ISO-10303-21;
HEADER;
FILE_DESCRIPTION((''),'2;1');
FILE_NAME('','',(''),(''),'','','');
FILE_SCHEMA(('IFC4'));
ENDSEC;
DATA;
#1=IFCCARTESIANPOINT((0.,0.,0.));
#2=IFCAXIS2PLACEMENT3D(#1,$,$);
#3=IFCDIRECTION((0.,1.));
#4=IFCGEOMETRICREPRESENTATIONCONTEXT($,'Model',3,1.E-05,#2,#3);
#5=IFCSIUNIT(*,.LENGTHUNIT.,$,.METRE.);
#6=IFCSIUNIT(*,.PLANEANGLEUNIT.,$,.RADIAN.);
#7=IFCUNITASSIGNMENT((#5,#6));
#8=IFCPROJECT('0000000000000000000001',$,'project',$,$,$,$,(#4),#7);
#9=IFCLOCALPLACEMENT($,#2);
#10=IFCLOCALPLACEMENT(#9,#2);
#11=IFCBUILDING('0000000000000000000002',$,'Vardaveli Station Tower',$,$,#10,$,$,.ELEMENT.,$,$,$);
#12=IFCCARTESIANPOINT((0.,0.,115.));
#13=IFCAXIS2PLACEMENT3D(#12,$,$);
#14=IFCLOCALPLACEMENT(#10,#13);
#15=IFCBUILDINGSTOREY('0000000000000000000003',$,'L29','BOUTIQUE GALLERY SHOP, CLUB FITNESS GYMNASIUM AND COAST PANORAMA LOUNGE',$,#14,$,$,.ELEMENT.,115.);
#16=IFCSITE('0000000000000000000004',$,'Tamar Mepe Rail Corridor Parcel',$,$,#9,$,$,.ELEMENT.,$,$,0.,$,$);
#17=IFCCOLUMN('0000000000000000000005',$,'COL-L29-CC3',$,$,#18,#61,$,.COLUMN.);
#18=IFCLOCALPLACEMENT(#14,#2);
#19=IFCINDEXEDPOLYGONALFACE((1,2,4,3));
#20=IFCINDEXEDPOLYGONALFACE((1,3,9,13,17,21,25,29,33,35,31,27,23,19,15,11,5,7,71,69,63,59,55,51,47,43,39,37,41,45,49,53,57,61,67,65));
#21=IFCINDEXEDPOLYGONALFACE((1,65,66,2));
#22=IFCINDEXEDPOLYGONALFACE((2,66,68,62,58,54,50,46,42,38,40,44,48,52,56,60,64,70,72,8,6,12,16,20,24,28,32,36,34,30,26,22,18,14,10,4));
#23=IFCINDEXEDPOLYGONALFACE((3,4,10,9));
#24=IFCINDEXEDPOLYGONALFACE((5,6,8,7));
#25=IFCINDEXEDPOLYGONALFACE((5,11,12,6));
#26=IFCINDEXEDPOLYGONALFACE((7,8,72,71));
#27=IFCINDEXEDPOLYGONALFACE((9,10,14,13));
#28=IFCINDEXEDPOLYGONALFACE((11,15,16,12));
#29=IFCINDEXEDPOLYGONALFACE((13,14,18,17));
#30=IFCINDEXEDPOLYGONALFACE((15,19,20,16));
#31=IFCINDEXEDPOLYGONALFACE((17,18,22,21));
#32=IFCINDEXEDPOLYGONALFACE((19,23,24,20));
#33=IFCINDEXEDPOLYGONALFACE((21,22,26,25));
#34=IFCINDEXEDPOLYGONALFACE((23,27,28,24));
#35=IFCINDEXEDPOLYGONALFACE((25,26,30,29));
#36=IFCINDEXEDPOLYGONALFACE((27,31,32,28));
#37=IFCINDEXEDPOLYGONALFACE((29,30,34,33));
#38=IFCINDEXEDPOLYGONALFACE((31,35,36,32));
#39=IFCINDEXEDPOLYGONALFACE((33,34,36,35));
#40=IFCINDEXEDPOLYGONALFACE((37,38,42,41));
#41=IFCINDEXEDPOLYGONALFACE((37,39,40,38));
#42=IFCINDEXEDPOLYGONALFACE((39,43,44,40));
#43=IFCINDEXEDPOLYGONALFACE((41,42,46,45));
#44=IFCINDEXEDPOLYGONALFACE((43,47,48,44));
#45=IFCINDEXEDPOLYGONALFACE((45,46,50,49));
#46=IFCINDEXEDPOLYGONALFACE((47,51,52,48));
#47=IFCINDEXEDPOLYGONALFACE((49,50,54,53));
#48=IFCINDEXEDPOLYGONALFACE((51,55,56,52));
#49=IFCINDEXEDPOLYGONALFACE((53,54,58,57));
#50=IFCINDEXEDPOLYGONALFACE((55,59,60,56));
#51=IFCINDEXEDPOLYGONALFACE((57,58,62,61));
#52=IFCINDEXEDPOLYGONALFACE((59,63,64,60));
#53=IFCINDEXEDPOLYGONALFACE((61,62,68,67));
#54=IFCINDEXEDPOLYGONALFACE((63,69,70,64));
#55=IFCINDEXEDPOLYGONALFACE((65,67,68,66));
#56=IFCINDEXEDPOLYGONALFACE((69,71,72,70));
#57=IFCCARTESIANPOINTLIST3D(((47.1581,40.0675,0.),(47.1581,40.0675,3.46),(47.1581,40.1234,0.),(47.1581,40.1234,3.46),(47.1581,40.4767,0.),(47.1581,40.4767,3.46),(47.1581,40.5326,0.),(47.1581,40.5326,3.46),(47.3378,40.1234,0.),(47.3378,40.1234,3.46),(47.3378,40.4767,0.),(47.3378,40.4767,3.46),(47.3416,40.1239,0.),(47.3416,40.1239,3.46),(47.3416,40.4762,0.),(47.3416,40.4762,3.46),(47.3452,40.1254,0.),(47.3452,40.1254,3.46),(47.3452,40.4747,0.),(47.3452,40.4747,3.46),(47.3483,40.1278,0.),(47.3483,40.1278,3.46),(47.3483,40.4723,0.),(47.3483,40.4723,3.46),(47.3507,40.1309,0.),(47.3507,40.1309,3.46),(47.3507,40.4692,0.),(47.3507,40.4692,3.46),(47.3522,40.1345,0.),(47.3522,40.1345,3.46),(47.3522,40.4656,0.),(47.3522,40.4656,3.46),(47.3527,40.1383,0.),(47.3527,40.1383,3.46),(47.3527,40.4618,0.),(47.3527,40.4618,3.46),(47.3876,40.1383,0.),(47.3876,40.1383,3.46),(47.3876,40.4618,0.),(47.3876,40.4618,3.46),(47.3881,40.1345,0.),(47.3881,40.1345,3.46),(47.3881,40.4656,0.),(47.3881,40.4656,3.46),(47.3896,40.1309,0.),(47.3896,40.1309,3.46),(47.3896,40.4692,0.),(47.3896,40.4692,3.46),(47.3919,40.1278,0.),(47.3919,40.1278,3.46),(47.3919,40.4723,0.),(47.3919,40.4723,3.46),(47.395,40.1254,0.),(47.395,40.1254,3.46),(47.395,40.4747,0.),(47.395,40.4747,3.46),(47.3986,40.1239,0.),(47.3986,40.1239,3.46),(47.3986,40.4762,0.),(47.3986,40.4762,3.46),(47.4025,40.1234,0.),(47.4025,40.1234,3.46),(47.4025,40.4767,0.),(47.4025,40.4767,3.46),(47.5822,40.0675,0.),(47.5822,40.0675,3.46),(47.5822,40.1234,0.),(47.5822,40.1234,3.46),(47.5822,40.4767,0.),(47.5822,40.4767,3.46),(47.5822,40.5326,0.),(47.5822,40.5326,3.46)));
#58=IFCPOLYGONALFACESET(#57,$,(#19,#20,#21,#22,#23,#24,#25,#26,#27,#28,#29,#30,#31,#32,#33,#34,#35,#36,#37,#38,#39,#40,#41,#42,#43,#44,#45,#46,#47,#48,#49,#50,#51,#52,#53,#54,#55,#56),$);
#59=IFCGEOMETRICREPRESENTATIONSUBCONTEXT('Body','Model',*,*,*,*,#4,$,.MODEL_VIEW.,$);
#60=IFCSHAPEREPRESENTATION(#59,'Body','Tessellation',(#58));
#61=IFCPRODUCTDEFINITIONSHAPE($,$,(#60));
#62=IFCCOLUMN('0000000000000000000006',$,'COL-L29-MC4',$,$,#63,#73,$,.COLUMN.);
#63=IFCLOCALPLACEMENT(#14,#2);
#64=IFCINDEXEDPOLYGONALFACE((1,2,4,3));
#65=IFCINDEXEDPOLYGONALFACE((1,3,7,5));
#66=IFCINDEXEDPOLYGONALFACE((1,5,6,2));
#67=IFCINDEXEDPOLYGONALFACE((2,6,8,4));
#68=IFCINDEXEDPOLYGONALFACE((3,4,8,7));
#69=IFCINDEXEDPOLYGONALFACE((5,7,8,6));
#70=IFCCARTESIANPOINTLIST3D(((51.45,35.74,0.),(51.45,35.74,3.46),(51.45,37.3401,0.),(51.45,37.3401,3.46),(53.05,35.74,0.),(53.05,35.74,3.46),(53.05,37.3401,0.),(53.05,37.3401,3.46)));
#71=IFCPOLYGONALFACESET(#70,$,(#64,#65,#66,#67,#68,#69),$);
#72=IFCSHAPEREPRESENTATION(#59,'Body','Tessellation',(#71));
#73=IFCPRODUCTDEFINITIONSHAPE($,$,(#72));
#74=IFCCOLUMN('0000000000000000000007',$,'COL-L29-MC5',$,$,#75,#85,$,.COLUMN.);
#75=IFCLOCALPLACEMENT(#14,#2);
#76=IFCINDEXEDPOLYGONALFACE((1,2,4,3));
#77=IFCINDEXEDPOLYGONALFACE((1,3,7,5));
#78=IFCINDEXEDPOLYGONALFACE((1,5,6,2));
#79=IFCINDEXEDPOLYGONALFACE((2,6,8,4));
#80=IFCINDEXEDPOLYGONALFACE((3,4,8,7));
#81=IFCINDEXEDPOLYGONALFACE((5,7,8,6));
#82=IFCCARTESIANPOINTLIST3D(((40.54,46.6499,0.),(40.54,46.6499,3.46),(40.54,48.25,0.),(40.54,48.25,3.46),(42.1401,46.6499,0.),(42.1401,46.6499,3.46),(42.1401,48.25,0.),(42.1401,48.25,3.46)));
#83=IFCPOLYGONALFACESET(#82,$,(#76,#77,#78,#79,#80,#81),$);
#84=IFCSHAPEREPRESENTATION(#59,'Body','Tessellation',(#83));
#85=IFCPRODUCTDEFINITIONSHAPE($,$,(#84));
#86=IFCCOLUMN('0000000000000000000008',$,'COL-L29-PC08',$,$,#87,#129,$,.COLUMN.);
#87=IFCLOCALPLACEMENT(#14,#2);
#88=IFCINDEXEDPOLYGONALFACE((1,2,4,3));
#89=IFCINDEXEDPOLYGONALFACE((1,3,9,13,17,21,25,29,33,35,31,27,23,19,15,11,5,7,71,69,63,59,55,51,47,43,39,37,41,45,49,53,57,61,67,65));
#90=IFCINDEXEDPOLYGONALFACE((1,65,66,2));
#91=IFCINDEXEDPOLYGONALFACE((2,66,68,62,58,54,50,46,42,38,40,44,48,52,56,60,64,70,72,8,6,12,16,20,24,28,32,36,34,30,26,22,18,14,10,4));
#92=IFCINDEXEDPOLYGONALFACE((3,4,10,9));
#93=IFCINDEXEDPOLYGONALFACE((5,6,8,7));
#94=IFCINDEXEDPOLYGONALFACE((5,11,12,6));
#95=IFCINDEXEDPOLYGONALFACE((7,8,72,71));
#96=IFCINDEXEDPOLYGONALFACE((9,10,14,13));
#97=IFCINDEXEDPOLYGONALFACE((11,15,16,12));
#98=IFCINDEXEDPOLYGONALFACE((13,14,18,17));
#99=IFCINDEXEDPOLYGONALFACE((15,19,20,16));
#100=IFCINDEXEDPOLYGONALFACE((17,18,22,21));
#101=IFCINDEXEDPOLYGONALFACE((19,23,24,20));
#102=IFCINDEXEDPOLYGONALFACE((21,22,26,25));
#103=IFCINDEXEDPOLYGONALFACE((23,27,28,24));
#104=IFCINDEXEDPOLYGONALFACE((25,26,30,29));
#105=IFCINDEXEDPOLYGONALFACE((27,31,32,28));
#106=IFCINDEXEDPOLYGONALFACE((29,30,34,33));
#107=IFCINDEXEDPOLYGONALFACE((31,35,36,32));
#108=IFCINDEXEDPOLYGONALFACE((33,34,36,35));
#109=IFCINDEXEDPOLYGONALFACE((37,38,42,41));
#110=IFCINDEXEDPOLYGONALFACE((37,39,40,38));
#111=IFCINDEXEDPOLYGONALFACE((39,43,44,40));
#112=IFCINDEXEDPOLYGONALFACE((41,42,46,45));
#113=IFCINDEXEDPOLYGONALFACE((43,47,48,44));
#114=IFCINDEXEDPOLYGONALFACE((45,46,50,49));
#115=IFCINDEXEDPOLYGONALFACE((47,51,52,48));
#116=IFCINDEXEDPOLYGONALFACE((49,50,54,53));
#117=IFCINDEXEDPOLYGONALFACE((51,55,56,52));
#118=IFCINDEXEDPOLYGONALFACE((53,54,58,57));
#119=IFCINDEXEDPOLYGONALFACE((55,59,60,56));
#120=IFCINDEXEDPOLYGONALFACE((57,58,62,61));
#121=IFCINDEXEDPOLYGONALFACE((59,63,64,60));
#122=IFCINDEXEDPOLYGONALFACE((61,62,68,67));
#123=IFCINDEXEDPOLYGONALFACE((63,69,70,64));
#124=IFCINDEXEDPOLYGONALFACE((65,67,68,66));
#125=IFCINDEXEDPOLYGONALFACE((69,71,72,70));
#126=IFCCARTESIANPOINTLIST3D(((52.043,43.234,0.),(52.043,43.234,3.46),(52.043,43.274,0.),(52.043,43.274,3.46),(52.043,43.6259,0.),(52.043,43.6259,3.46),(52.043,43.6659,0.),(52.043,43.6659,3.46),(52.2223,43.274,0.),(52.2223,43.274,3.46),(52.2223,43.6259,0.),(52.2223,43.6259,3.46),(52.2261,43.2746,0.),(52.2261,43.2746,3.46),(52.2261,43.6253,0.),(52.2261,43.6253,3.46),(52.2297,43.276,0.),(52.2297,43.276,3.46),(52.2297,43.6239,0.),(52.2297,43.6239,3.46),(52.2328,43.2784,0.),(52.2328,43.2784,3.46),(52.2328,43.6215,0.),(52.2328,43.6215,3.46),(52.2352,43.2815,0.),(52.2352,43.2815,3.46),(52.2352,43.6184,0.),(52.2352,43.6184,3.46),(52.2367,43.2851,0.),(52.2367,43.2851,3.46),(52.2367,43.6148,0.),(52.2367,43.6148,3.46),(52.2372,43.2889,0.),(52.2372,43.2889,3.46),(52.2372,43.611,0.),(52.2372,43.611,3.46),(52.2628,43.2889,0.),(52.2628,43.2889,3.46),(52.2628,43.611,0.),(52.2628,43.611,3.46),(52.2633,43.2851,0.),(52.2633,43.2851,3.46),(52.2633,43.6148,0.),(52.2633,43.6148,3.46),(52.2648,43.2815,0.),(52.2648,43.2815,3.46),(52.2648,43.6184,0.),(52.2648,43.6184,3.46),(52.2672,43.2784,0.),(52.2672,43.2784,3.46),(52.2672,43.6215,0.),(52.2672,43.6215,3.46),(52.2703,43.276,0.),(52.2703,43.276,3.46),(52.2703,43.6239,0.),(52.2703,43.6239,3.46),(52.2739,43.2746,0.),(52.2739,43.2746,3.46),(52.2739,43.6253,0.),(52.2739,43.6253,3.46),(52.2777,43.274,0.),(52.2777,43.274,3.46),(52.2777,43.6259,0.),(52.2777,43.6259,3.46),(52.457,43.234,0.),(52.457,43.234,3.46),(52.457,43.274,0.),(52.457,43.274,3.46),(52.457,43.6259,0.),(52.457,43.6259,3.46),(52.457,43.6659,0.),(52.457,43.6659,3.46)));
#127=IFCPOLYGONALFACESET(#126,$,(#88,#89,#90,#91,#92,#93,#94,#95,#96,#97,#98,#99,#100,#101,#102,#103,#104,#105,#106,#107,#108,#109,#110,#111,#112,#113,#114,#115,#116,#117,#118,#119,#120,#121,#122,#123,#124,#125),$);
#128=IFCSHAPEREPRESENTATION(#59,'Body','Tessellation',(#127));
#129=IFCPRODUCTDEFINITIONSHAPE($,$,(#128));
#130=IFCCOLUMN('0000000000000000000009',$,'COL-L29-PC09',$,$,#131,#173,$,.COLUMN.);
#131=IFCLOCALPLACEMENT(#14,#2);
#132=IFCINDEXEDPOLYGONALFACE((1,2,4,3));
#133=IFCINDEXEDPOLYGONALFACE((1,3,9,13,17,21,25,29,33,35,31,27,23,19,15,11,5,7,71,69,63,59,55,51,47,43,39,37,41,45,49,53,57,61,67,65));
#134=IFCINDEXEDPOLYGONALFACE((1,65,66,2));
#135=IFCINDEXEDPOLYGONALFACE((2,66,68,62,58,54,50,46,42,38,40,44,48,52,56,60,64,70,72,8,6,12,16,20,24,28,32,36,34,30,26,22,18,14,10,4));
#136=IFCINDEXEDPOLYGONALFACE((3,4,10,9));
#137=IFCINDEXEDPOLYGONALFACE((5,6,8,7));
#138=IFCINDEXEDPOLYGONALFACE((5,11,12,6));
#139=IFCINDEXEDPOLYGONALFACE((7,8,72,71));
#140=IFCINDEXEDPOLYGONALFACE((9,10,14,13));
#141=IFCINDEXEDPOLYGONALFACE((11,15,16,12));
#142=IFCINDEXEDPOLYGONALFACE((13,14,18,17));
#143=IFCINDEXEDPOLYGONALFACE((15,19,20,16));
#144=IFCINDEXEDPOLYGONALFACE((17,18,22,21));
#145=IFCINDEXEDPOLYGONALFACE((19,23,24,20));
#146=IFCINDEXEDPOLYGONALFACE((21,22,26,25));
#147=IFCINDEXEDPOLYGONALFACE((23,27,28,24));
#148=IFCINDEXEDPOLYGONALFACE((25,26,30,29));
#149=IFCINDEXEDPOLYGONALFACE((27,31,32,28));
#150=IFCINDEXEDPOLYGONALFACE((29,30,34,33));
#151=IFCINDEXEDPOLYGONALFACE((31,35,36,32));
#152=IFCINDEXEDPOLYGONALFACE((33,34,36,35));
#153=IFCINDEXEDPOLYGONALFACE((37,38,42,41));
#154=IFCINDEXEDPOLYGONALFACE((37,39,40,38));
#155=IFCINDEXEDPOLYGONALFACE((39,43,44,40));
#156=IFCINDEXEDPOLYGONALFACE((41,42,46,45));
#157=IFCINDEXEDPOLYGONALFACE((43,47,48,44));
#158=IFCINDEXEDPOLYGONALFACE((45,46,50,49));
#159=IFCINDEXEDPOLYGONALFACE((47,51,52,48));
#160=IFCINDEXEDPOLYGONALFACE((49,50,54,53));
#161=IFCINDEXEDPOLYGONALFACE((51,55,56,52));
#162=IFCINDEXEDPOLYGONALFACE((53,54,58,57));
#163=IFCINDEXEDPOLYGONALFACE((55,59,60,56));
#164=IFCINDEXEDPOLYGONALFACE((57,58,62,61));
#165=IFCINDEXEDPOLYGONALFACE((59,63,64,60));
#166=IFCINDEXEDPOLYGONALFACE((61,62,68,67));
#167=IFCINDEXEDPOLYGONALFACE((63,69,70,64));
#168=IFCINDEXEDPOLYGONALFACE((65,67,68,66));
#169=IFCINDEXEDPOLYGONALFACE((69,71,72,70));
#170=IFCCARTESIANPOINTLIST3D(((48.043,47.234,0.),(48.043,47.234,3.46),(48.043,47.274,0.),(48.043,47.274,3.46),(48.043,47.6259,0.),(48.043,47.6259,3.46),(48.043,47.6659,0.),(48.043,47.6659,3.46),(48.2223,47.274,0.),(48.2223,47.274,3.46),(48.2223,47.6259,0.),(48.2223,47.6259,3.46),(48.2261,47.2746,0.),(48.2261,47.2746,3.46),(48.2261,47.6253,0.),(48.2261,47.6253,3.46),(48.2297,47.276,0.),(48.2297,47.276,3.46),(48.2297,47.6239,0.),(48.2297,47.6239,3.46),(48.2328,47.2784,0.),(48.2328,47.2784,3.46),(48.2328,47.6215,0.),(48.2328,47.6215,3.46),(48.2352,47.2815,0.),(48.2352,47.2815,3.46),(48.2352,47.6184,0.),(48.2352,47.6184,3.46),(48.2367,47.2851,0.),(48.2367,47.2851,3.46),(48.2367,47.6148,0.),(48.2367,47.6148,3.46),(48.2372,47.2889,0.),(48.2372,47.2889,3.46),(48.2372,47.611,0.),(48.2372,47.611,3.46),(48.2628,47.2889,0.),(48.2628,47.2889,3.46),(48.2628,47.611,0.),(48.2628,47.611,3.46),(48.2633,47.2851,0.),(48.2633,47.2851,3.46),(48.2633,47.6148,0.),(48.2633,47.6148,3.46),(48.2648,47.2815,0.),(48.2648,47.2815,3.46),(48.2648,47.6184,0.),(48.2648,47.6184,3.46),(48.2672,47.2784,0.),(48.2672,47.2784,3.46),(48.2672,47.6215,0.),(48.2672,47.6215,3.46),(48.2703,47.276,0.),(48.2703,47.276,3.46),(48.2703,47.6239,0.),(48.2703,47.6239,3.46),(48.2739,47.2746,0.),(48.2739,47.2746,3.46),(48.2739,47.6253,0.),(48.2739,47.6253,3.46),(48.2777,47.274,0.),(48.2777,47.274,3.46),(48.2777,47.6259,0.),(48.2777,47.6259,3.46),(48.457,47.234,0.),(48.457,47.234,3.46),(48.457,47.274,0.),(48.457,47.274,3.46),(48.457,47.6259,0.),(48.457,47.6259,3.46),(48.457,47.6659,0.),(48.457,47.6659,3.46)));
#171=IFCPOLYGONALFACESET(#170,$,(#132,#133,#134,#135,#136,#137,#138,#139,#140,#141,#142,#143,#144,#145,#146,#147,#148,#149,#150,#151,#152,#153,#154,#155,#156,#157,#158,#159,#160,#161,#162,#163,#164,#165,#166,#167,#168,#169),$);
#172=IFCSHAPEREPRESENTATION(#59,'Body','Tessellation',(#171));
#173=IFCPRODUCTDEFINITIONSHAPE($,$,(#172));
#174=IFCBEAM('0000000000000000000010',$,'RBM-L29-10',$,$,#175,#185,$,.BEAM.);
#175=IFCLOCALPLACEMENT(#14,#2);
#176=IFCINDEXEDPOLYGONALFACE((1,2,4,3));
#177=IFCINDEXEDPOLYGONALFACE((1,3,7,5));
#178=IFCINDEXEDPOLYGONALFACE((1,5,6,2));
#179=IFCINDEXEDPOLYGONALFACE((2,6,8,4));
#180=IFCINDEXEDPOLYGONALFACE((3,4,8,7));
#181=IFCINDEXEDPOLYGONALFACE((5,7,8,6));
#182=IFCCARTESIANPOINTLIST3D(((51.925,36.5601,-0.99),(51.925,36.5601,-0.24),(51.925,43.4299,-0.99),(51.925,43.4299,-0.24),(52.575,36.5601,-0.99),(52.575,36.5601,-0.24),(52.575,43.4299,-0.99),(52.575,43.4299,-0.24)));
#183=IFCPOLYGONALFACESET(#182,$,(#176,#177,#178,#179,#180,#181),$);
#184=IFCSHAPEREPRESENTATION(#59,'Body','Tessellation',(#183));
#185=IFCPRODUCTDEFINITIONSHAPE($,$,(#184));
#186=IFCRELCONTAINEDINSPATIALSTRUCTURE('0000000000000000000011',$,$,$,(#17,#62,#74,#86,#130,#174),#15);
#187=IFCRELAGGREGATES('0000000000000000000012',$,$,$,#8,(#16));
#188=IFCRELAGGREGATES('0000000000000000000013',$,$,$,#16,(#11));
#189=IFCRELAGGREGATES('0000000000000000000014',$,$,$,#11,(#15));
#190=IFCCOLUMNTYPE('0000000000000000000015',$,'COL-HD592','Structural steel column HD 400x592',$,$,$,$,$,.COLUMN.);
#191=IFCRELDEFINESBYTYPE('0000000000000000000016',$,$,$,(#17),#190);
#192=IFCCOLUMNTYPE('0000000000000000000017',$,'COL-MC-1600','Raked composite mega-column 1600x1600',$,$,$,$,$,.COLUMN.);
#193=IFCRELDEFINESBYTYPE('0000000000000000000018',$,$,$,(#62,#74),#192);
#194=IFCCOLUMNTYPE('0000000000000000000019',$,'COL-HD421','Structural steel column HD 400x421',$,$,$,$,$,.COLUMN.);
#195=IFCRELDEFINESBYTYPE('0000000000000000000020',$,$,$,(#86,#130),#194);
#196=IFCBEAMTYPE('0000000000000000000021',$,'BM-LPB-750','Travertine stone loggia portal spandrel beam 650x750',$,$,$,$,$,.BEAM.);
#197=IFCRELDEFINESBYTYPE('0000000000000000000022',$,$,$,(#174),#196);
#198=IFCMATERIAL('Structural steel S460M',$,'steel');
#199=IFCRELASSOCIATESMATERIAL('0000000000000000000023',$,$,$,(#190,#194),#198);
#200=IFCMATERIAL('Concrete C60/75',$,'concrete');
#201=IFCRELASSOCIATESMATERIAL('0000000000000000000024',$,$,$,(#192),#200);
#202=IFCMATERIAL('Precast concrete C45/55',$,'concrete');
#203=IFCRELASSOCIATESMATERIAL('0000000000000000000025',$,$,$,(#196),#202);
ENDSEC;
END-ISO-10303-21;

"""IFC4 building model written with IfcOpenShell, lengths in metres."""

from ifc_helpers import new_model, si_unit, direction, frame, origin, origin_2d, place, context, subcontext, project, spatial, rectangle, i_section, extrude, source, transform, mapped, material, material_profile, profile_set, type_object, element, save


model = new_model("IFC4")

# Units and contexts
model_context = context("Model", 3, precision=1e-05, world=origin(), true_north=direction((0.0, 1.0)))
body_context = subcontext(model_context, "Body", "Model", "MODEL_VIEW")
ifc_project = project(units=[si_unit("LENGTHUNIT", "METRE"), si_unit("PLANEANGLEUNIT", "RADIAN")], contexts=[model_context])

# Site, building, storey
site_placement = place(None, origin())
site = spatial("IfcSite", under=ifc_project, at=site_placement, Name="Tamar Mepe Rail Corridor Parcel", CompositionType="ELEMENT", RefElevation=0.0)
building_placement = place(site_placement, origin())
building = spatial("IfcBuilding", under=site, at=building_placement, Name="Vardaveli Station Tower", CompositionType="ELEMENT")
storey_placement = place(building_placement, frame((0.0, 0.0, 115.0)))
storey = spatial("IfcBuildingStorey", under=building, at=storey_placement, Name="L29", Description="BOUTIQUE GALLERY SHOP, CLUB FITNESS GYMNASIUM AND COAST PANORAMA LOUNGE", CompositionType="ELEMENT", Elevation=115.0)

# Columns
ifc_material_1 = material(Name="Structural steel S460M", Category="steel")
ifc_material_profile_1 = material_profile(ifc_material_1, i_section(OverallWidth=0.4241, OverallDepth=0.4651, WebThickness=0.0349, FlangeThickness=0.0559, FilletRadius=0.0149, at=origin_2d()), Name="HD 400x592")
ifc_profile_set_1 = profile_set([ifc_material_profile_1], Name="Structural steel S460M")
column_type_1 = type_object("IfcColumnType", Name="COL-HD592", Description="Structural steel column HD 400x592", PredefinedType="COLUMN", material=ifc_profile_set_1)
shared_shape_1 = source(origin(), body_context, "Body", "SweptSolid", [
    extrude(i_section(OverallWidth=0.4241, OverallDepth=0.4651, WebThickness=0.0349, FlangeThickness=0.0559, FilletRadius=0.0149, at=origin_2d()), origin(), (0.0, 0.0, 1.0), 3.46),
])
column_placement = place(storey_placement, frame((47.3701, 40.3, 0.0), z_axis=(0.0, 0.0, 1.0), x_axis=(1.0, 0.0, 0.0)))
element("IfcColumn", 1, at=column_placement, inside=storey, type_object=column_type_1, Name="COL-L29-CC3", PredefinedType="COLUMN", context=body_context, shape_type="MappedRepresentation", body=[
    mapped(shared_shape_1, transform((0.0, 0.0, 0.0), scale=1.0)),
])
ifc_material_2 = material(Name="Concrete C60/75", Category="concrete")
ifc_material_profile_2 = material_profile(ifc_material_2, rectangle(XDim=1.6001, YDim=1.6001, at=origin_2d()), Name="MC 1600x1600")
ifc_profile_set_2 = profile_set([ifc_material_profile_2], Name="Concrete C60/75")
column_type_2 = type_object("IfcColumnType", Name="COL-MC-1600", Description="Raked composite mega-column 1600x1600", PredefinedType="COLUMN", material=ifc_profile_set_2)
shared_shape_2 = source(origin(), body_context, "Body", "SweptSolid", [
    extrude(rectangle(XDim=1.6001, YDim=1.6001, at=origin_2d()), origin(), (0.0, 0.0, 1.0), 3.46),
])
for number, where, z_axis, x_axis, name in (
    (2, (52.25, 36.54, 0.0), (0.0, 0.0, 1.0), (1.0, 0.0, 0.0), "COL-L29-MC4"),
    (3, (41.3401, 47.45, 0.0), (0.0, 0.0, 1.0), (1.0, 0.0, 0.0), "COL-L29-MC5"),
):
    element("IfcColumn", number, at=place(storey_placement, frame(where, z_axis=z_axis, x_axis=x_axis)), inside=storey, type_object=column_type_2, Name=name, PredefinedType="COLUMN", context=body_context, shape_type="MappedRepresentation", body=[
        mapped(shared_shape_2, transform((0.0, 0.0, 0.0), scale=1.0)),
    ])
ifc_material_profile_3 = material_profile(ifc_material_1, i_section(OverallWidth=0.4141, OverallDepth=0.4319, WebThickness=0.0256, FlangeThickness=0.04, FilletRadius=0.0149, at=origin_2d()), Name="HD 400x421")
ifc_profile_set_3 = profile_set([ifc_material_profile_3], Name="Structural steel S460M")
column_type_3 = type_object("IfcColumnType", Name="COL-HD421", Description="Structural steel column HD 400x421", PredefinedType="COLUMN", material=ifc_profile_set_3)
shared_shape_3 = source(origin(), body_context, "Body", "SweptSolid", [
    extrude(i_section(OverallWidth=0.4141, OverallDepth=0.4319, WebThickness=0.0256, FlangeThickness=0.04, FilletRadius=0.0149, at=origin_2d()), origin(), (0.0, 0.0, 1.0), 3.46),
])
for number, where, z_axis, x_axis, name in (
    (4, (52.25, 43.45, 0.0), (0.0, 0.0, 1.0), (1.0, 0.0, 0.0), "COL-L29-PC08"),
    (5, (48.25, 47.45, 0.0), (0.0, 0.0, 1.0), (1.0, 0.0, 0.0), "COL-L29-PC09"),
):
    element("IfcColumn", number, at=place(storey_placement, frame(where, z_axis=z_axis, x_axis=x_axis)), inside=storey, type_object=column_type_3, Name=name, PredefinedType="COLUMN", context=body_context, shape_type="MappedRepresentation", body=[
        mapped(shared_shape_3, transform((0.0, 0.0, 0.0), scale=1.0)),
    ])

# Beam
ifc_material_3 = material(Name="Precast concrete C45/55", Category="concrete")
ifc_material_profile_4 = material_profile(ifc_material_3, rectangle(XDim=0.6499, YDim=0.75, at=origin_2d()), Name="LPB 650x750")
ifc_profile_set_4 = profile_set([ifc_material_profile_4], Name="Precast concrete C45/55")
beam_type = type_object("IfcBeamType", Name="BM-LPB-750", Description="Travertine stone loggia portal spandrel beam 650x750", PredefinedType="BEAM", material=ifc_profile_set_4)
shared_shape_4 = source(origin(), body_context, "Body", "SweptSolid", [
    extrude(rectangle(XDim=0.6499, YDim=0.75, at=origin_2d()), origin(), (0.0, 0.0, 1.0), 6.8699),
])
for number, where, z_axis, x_axis, name in (
    (6, (52.25, 36.5601, -0.615), (0.0, 1.0, 0.0), (-1.0, 0.0, 0.0), "RBM-L29-10"),
):
    element("IfcBeam", number, at=place(storey_placement, frame(where, z_axis=z_axis, x_axis=x_axis)), inside=storey, type_object=beam_type, Name=name, PredefinedType="BEAM", context=body_context, shape_type="MappedRepresentation", body=[
        mapped(shared_shape_4, transform((0.0, 0.0, 0.0), scale=1.0)),
    ])

save(model, "model.ifc")
